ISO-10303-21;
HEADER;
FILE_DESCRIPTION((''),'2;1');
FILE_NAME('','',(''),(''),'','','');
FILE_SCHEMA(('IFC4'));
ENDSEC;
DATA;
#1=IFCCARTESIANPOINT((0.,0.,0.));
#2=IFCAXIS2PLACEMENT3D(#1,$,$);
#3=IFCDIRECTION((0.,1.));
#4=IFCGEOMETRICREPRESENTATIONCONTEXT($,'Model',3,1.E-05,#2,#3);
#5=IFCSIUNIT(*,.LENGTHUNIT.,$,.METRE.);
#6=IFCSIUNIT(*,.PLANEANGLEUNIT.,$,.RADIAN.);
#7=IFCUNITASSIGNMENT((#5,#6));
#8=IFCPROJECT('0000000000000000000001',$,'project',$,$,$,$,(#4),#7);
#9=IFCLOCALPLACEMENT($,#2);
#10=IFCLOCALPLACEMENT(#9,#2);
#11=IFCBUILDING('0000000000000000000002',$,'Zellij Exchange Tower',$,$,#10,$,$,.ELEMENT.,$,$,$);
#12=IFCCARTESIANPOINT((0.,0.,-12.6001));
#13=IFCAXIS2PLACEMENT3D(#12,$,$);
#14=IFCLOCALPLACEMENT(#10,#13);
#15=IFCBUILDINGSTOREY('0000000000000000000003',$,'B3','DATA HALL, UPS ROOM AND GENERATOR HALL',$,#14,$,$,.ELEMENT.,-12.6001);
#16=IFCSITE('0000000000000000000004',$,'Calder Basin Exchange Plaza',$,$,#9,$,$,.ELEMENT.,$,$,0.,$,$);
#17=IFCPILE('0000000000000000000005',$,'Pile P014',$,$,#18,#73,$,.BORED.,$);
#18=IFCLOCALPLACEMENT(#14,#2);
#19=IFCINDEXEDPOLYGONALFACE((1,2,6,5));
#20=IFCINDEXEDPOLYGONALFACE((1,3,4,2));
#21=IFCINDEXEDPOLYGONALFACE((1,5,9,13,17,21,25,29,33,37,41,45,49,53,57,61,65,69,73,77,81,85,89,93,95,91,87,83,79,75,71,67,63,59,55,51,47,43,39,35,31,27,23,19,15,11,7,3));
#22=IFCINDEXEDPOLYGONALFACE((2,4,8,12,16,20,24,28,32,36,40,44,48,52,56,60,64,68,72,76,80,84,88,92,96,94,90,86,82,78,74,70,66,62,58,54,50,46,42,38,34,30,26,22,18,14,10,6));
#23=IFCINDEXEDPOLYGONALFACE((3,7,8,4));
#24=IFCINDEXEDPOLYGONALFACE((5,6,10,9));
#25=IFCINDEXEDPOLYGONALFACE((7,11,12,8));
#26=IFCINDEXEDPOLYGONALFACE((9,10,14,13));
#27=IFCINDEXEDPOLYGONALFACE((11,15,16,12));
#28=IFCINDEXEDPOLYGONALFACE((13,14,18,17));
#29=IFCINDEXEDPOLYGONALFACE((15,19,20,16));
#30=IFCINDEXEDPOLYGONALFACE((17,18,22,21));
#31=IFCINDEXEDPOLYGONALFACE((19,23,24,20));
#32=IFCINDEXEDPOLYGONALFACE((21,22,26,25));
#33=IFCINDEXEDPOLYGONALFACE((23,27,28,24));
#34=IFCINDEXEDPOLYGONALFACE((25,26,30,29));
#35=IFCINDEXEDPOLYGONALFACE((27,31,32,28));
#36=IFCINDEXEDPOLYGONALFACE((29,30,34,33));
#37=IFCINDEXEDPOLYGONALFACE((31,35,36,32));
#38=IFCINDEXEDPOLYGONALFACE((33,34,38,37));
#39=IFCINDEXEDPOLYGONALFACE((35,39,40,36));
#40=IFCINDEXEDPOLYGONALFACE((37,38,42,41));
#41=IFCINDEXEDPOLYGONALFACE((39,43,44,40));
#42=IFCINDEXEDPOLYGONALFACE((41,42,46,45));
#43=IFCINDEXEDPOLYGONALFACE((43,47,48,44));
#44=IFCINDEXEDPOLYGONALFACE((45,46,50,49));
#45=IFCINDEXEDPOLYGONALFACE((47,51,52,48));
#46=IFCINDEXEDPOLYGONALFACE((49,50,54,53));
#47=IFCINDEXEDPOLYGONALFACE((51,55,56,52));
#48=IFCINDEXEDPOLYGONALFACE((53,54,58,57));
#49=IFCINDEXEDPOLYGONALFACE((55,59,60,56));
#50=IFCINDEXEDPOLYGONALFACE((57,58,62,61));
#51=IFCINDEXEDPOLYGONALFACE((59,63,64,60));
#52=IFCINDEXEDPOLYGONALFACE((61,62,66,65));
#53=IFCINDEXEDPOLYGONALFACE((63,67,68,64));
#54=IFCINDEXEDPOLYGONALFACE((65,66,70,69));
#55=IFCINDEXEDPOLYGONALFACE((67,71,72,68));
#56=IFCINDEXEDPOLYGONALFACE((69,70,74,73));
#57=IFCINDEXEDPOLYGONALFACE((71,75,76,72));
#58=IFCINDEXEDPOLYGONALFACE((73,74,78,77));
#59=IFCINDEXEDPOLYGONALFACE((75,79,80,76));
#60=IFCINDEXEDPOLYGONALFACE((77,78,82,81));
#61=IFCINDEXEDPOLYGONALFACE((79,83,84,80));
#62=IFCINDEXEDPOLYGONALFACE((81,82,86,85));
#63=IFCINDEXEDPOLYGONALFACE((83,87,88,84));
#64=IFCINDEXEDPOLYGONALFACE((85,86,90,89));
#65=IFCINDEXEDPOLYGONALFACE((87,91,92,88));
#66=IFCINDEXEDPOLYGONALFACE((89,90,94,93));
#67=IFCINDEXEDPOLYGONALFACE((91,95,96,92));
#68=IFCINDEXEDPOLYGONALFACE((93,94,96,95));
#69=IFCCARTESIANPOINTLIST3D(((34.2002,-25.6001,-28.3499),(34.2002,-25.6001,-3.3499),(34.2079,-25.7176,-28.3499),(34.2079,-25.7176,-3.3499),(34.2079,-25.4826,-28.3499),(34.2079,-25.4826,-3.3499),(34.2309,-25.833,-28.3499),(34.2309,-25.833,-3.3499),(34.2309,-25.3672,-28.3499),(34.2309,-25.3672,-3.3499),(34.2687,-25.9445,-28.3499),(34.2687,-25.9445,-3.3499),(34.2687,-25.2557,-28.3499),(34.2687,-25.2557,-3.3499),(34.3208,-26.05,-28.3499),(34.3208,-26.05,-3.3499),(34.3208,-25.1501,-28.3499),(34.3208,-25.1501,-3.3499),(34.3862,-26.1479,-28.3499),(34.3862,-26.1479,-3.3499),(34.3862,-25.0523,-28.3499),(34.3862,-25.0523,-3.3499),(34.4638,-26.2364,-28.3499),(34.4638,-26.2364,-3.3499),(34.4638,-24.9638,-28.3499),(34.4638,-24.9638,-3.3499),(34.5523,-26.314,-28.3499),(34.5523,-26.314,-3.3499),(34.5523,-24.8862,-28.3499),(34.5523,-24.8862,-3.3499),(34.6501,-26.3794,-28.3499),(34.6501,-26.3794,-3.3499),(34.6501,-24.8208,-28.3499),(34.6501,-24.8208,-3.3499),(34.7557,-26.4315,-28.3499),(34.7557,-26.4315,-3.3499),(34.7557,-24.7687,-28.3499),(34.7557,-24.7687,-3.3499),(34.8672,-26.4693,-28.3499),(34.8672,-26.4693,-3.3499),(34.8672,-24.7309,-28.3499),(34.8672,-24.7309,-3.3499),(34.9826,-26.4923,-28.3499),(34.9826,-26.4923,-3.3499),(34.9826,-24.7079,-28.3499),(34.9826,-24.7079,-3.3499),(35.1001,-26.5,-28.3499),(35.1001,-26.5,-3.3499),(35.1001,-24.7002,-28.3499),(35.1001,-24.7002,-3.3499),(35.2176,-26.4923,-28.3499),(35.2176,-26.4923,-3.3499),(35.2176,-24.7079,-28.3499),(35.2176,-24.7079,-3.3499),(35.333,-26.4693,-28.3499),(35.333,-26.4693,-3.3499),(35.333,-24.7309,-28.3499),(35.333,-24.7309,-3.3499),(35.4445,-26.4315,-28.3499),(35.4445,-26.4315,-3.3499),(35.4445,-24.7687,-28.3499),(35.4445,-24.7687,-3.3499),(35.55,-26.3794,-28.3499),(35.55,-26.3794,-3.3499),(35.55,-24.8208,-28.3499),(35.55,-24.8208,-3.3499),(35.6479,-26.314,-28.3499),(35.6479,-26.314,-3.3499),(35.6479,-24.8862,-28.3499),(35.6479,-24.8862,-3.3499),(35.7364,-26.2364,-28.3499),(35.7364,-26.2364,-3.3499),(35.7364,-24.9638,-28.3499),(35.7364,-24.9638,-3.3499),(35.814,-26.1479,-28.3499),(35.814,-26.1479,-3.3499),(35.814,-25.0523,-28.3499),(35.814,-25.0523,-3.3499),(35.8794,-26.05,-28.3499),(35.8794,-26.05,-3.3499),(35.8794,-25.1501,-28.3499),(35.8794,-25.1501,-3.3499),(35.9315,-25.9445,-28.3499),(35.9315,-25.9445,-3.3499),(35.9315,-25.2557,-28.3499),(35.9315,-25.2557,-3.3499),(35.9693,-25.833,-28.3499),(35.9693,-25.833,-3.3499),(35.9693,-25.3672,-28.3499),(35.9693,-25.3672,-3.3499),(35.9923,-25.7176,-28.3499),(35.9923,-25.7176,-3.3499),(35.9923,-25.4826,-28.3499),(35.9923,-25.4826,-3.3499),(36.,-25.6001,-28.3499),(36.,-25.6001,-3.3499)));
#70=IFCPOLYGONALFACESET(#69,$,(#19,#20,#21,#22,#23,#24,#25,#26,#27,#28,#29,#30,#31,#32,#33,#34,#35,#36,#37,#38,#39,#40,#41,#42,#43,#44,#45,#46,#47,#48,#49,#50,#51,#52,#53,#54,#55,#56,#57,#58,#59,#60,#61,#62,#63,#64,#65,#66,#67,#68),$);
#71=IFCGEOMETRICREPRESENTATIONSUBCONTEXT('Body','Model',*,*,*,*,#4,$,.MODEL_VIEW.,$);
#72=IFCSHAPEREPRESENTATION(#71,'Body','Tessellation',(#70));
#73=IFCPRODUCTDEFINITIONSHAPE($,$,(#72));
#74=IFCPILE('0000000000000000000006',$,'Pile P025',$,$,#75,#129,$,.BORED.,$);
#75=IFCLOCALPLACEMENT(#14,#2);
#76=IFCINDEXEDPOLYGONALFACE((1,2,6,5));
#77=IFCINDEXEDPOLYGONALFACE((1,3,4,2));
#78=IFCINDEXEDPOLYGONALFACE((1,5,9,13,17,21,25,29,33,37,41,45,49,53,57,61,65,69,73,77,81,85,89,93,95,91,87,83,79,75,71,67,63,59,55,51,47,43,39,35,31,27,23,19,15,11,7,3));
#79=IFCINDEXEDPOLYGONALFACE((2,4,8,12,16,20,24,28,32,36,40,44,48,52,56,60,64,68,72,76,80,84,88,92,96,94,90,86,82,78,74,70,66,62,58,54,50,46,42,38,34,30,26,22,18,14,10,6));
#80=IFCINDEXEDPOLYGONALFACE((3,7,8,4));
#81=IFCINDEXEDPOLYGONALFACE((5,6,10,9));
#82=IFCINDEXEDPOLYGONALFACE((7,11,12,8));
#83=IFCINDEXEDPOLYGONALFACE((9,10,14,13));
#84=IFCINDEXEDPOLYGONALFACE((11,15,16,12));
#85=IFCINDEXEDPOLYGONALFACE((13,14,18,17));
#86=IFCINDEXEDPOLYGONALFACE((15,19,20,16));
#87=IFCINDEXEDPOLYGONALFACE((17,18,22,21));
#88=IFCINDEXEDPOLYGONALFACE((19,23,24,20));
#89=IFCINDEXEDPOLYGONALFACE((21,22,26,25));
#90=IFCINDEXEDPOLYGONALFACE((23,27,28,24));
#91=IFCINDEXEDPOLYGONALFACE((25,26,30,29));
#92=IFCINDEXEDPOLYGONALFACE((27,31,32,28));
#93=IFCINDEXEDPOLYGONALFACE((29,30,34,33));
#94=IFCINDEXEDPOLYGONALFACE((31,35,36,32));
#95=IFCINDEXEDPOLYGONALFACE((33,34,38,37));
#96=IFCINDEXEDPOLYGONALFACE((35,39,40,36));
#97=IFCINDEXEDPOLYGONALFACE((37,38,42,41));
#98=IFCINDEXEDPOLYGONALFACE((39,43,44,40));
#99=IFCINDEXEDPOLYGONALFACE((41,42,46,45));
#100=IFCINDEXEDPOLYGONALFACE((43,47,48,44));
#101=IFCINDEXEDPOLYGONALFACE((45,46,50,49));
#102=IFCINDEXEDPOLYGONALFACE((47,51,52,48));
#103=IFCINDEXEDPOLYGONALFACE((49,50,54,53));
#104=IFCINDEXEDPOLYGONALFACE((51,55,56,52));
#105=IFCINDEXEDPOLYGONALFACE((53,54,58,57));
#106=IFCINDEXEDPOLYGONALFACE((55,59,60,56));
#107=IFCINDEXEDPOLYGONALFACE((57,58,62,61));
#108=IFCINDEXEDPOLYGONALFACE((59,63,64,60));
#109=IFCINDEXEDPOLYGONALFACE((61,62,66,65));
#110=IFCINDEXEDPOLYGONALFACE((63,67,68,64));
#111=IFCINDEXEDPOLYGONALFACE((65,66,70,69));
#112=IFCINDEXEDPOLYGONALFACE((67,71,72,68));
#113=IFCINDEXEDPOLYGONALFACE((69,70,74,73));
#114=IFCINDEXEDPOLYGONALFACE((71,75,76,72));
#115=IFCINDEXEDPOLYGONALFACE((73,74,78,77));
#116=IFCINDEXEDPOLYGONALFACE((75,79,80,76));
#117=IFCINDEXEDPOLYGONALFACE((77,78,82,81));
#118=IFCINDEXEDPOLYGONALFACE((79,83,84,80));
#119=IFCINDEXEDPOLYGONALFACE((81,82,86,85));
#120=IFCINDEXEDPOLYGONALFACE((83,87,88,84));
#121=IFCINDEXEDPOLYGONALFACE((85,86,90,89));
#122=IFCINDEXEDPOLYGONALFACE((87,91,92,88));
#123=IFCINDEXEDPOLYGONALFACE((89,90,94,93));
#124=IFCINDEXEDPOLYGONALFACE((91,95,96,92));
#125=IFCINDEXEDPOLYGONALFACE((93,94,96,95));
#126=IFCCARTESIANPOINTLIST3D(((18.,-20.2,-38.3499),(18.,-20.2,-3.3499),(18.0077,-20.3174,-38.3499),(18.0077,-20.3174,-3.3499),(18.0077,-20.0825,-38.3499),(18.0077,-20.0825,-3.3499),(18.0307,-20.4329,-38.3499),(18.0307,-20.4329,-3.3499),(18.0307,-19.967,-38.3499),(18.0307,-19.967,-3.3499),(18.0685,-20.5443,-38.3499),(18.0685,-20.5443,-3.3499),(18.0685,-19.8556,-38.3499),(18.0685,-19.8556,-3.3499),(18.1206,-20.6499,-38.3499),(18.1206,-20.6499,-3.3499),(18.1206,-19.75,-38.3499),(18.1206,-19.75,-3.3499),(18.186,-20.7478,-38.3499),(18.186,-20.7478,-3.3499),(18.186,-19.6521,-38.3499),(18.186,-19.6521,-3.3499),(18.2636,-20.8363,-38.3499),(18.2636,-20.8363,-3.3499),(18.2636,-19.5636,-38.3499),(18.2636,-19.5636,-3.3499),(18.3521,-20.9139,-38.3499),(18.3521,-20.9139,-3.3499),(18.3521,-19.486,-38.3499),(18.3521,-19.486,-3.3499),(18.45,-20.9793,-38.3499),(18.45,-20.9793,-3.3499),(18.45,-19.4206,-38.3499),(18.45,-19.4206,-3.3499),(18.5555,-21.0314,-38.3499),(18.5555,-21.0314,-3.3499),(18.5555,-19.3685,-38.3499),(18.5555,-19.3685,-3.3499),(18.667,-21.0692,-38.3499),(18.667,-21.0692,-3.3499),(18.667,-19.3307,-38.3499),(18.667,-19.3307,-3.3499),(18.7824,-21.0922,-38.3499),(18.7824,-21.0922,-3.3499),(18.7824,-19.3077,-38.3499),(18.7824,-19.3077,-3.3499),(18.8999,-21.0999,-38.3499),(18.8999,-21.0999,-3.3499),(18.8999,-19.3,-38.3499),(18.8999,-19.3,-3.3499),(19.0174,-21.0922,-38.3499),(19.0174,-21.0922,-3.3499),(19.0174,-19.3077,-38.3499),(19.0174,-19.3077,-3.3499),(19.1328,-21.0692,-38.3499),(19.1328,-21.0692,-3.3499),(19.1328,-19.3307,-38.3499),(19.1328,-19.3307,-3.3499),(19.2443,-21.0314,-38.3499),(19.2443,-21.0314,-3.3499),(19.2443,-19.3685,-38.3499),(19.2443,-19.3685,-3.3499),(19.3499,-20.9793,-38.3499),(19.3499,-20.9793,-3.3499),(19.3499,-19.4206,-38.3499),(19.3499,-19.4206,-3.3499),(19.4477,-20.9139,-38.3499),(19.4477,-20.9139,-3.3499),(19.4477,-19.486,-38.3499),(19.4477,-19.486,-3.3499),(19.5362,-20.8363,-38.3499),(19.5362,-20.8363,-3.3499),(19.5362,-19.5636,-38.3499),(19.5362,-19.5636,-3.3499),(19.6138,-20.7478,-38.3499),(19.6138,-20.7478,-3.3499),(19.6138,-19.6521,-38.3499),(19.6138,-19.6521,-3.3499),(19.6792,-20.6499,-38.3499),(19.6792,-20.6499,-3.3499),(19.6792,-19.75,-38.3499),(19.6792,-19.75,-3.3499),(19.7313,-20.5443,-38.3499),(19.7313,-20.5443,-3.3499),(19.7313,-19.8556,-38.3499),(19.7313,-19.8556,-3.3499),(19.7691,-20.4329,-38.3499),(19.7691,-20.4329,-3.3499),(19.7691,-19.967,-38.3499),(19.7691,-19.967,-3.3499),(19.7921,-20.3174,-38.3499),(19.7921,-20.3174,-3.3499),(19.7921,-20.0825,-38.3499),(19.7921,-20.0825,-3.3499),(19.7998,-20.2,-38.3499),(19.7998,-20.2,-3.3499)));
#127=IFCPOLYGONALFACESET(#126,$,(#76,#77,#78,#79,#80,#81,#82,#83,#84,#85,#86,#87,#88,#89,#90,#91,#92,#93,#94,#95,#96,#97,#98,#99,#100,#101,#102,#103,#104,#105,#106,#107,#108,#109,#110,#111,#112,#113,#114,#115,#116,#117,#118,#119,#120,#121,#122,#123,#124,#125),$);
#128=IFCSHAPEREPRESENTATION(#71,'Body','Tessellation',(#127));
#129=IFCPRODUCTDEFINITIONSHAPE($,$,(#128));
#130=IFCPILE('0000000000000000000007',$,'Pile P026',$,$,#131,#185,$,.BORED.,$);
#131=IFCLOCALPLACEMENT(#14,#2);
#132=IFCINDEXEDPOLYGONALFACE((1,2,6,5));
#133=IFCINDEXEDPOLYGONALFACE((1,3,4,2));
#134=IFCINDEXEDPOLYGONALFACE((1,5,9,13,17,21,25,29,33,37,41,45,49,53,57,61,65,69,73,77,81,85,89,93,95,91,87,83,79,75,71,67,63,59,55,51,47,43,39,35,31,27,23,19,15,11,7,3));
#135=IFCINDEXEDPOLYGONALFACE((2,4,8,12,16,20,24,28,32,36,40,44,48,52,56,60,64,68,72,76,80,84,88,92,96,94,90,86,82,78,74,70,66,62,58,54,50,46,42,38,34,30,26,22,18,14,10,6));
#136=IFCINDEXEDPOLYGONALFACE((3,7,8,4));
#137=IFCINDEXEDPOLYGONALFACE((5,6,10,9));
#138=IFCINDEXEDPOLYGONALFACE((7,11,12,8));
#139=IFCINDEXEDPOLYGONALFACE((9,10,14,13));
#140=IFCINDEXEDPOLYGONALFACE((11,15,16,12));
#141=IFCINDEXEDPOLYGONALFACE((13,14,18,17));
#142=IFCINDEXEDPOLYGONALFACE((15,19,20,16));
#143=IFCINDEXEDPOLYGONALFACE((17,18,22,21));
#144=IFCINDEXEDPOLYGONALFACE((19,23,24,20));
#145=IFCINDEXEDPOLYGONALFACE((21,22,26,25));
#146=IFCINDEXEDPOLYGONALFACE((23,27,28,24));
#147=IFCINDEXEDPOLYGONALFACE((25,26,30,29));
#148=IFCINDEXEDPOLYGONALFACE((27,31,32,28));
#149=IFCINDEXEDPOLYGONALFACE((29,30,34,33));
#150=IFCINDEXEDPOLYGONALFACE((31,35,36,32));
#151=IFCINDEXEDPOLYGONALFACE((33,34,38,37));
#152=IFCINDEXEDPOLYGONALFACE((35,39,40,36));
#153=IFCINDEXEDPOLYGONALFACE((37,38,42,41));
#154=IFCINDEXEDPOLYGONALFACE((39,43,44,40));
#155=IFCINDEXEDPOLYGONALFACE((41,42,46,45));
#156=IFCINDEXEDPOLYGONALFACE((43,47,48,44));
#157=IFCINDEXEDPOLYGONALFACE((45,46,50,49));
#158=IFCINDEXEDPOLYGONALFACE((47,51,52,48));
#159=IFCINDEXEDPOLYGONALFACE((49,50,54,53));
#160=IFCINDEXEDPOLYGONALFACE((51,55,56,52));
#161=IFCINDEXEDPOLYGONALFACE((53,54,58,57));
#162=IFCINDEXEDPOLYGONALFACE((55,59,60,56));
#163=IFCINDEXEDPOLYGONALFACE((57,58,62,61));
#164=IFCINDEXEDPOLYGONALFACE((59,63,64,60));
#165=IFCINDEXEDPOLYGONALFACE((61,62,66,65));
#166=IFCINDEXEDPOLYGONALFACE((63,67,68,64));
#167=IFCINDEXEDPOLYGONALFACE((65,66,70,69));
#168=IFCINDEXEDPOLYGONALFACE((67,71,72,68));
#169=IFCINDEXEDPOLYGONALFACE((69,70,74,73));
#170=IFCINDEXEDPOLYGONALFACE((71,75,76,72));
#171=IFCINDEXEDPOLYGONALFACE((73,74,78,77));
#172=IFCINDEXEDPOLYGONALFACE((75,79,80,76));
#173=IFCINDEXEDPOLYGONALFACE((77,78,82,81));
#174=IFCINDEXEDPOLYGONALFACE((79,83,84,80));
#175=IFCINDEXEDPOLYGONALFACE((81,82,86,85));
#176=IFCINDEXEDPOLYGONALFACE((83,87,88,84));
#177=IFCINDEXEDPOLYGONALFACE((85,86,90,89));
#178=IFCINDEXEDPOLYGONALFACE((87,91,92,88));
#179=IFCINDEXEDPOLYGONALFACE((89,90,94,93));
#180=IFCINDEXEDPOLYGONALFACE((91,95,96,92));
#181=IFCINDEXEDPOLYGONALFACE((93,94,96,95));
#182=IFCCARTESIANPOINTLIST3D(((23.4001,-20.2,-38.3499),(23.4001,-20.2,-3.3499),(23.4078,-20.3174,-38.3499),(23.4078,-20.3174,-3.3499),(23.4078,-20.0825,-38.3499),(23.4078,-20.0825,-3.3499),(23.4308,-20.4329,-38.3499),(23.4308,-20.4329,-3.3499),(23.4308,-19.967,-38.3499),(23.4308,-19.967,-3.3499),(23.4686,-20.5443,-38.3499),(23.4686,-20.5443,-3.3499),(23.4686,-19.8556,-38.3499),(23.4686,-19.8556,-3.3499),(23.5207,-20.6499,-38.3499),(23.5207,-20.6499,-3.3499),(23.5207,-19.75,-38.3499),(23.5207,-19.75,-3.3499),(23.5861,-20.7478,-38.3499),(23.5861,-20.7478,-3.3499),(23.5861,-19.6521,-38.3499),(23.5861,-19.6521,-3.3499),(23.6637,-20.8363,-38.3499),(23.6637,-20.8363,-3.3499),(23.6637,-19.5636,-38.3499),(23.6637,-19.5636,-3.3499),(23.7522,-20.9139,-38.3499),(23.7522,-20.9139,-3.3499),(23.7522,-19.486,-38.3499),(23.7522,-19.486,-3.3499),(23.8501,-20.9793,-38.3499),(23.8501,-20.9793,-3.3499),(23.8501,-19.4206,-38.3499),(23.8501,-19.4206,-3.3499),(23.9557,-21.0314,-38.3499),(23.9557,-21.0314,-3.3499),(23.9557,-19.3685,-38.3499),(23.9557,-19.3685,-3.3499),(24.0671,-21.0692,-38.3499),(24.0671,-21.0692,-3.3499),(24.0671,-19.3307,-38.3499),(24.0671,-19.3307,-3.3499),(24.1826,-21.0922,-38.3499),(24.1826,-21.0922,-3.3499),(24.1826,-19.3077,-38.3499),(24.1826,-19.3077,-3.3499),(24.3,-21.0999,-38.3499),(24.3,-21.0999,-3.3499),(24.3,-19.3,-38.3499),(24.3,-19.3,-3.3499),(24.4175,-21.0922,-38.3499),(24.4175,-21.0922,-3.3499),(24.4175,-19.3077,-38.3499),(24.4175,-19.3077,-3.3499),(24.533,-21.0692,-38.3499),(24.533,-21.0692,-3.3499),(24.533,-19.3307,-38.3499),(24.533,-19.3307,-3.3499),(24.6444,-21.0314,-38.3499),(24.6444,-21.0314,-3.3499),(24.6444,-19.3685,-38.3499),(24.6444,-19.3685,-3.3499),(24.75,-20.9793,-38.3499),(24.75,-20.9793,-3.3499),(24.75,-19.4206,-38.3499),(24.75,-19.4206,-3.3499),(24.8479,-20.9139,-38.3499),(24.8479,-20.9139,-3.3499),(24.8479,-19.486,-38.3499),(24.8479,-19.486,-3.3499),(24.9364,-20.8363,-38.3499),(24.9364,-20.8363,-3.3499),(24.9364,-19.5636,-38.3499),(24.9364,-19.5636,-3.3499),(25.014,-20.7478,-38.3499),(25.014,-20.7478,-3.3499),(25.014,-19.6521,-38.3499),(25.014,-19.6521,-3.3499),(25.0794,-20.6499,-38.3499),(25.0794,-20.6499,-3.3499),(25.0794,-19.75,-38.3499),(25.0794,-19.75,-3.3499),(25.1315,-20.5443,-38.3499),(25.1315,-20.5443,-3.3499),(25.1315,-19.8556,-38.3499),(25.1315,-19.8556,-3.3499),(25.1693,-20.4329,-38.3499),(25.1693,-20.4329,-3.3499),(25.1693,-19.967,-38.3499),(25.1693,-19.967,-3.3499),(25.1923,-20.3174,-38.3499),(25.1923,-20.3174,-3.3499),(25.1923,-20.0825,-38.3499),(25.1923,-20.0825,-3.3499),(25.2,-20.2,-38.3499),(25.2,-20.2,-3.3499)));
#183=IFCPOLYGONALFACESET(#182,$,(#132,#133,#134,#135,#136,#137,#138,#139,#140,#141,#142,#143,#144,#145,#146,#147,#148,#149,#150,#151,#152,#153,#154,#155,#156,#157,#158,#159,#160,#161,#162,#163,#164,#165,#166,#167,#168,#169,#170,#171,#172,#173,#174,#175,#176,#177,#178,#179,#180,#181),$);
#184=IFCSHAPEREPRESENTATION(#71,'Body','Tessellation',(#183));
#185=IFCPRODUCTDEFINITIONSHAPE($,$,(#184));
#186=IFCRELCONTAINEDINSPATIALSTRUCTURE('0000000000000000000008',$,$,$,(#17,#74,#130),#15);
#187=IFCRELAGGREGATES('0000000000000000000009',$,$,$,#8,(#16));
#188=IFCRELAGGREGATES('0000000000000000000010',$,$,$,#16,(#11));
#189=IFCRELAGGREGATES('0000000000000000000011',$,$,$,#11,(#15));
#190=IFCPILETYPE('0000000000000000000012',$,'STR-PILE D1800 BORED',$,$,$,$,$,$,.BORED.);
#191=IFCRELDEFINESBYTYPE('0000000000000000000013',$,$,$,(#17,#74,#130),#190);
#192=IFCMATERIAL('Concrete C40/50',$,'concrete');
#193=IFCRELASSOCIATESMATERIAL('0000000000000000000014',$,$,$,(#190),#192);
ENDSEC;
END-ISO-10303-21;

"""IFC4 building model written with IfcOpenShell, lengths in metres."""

from ifc_helpers import new_model, si_unit, direction, frame, origin, origin_2d, place, context, subcontext, project, spatial, circle, extrude, material, material_profile, profile_set, type_object, element, save


model = new_model("IFC4")

# Units and contexts
model_context = context("Model", 3, precision=1e-05, world=origin(), true_north=direction((0.0, 1.0)))
body_context = subcontext(model_context, "Body", "Model", "MODEL_VIEW")
ifc_project = project(units=[si_unit("LENGTHUNIT", "METRE"), si_unit("PLANEANGLEUNIT", "RADIAN")], contexts=[model_context])

# Site, building, storey
site_placement = place(None, origin())
site = spatial("IfcSite", under=ifc_project, at=site_placement, Name="Calder Basin Exchange Plaza", CompositionType="ELEMENT", RefElevation=0.0)
building_placement = place(site_placement, origin())
building = spatial("IfcBuilding", under=site, at=building_placement, Name="Zellij Exchange Tower", CompositionType="ELEMENT")
storey_placement = place(building_placement, frame((0.0, 0.0, -12.6001)))
storey = spatial("IfcBuildingStorey", under=building, at=storey_placement, Name="B3", Description="DATA HALL, UPS ROOM AND GENERATOR HALL", CompositionType="ELEMENT", Elevation=-12.6001)

# Piles
ifc_material_1 = material(Name="Concrete C40/50", Category="concrete")
ifc_material_profile_1 = material_profile(ifc_material_1, circle(Radius=0.8999, at=origin_2d()), Name="STR-PILE D1800 BORED")
ifc_profile_set_1 = profile_set([ifc_material_profile_1], Name="Concrete C40/50")
pile_type = type_object("IfcPileType", Name="STR-PILE D1800 BORED", PredefinedType="BORED", material=ifc_profile_set_1)
for number, where, z_axis, x_axis, name in (
    (1, (35.1001, -25.6001, -3.3499), (0.0, 0.0, -1.0), (1.0, 0.0, 0.0), "Pile P014"),
):
    element("IfcPile", number, at=place(storey_placement, frame(where, z_axis=z_axis, x_axis=x_axis)), inside=storey, type_object=pile_type, Name=name, PredefinedType="BORED", context=body_context, shape_type="SweptSolid", body=[
        extrude(circle(Radius=0.8999, at=origin_2d()), origin(), (0.0, 0.0, 1.0), 25.0),
    ])
for number, where, z_axis, x_axis, name in (
    (2, (18.8999, -20.2, -3.3499), (0.0, 0.0, -1.0), (1.0, 0.0, 0.0), "Pile P025"),
    (3, (24.3, -20.2, -3.3499), (0.0, 0.0, -1.0), (1.0, 0.0, 0.0), "Pile P026"),
):
    element("IfcPile", number, at=place(storey_placement, frame(where, z_axis=z_axis, x_axis=x_axis)), inside=storey, type_object=pile_type, Name=name, PredefinedType="BORED", context=body_context, shape_type="SweptSolid", body=[
        extrude(circle(Radius=0.8999, at=origin_2d()), origin(), (0.0, 0.0, 1.0), 35.0),
    ])

save(model, "model.ifc")
